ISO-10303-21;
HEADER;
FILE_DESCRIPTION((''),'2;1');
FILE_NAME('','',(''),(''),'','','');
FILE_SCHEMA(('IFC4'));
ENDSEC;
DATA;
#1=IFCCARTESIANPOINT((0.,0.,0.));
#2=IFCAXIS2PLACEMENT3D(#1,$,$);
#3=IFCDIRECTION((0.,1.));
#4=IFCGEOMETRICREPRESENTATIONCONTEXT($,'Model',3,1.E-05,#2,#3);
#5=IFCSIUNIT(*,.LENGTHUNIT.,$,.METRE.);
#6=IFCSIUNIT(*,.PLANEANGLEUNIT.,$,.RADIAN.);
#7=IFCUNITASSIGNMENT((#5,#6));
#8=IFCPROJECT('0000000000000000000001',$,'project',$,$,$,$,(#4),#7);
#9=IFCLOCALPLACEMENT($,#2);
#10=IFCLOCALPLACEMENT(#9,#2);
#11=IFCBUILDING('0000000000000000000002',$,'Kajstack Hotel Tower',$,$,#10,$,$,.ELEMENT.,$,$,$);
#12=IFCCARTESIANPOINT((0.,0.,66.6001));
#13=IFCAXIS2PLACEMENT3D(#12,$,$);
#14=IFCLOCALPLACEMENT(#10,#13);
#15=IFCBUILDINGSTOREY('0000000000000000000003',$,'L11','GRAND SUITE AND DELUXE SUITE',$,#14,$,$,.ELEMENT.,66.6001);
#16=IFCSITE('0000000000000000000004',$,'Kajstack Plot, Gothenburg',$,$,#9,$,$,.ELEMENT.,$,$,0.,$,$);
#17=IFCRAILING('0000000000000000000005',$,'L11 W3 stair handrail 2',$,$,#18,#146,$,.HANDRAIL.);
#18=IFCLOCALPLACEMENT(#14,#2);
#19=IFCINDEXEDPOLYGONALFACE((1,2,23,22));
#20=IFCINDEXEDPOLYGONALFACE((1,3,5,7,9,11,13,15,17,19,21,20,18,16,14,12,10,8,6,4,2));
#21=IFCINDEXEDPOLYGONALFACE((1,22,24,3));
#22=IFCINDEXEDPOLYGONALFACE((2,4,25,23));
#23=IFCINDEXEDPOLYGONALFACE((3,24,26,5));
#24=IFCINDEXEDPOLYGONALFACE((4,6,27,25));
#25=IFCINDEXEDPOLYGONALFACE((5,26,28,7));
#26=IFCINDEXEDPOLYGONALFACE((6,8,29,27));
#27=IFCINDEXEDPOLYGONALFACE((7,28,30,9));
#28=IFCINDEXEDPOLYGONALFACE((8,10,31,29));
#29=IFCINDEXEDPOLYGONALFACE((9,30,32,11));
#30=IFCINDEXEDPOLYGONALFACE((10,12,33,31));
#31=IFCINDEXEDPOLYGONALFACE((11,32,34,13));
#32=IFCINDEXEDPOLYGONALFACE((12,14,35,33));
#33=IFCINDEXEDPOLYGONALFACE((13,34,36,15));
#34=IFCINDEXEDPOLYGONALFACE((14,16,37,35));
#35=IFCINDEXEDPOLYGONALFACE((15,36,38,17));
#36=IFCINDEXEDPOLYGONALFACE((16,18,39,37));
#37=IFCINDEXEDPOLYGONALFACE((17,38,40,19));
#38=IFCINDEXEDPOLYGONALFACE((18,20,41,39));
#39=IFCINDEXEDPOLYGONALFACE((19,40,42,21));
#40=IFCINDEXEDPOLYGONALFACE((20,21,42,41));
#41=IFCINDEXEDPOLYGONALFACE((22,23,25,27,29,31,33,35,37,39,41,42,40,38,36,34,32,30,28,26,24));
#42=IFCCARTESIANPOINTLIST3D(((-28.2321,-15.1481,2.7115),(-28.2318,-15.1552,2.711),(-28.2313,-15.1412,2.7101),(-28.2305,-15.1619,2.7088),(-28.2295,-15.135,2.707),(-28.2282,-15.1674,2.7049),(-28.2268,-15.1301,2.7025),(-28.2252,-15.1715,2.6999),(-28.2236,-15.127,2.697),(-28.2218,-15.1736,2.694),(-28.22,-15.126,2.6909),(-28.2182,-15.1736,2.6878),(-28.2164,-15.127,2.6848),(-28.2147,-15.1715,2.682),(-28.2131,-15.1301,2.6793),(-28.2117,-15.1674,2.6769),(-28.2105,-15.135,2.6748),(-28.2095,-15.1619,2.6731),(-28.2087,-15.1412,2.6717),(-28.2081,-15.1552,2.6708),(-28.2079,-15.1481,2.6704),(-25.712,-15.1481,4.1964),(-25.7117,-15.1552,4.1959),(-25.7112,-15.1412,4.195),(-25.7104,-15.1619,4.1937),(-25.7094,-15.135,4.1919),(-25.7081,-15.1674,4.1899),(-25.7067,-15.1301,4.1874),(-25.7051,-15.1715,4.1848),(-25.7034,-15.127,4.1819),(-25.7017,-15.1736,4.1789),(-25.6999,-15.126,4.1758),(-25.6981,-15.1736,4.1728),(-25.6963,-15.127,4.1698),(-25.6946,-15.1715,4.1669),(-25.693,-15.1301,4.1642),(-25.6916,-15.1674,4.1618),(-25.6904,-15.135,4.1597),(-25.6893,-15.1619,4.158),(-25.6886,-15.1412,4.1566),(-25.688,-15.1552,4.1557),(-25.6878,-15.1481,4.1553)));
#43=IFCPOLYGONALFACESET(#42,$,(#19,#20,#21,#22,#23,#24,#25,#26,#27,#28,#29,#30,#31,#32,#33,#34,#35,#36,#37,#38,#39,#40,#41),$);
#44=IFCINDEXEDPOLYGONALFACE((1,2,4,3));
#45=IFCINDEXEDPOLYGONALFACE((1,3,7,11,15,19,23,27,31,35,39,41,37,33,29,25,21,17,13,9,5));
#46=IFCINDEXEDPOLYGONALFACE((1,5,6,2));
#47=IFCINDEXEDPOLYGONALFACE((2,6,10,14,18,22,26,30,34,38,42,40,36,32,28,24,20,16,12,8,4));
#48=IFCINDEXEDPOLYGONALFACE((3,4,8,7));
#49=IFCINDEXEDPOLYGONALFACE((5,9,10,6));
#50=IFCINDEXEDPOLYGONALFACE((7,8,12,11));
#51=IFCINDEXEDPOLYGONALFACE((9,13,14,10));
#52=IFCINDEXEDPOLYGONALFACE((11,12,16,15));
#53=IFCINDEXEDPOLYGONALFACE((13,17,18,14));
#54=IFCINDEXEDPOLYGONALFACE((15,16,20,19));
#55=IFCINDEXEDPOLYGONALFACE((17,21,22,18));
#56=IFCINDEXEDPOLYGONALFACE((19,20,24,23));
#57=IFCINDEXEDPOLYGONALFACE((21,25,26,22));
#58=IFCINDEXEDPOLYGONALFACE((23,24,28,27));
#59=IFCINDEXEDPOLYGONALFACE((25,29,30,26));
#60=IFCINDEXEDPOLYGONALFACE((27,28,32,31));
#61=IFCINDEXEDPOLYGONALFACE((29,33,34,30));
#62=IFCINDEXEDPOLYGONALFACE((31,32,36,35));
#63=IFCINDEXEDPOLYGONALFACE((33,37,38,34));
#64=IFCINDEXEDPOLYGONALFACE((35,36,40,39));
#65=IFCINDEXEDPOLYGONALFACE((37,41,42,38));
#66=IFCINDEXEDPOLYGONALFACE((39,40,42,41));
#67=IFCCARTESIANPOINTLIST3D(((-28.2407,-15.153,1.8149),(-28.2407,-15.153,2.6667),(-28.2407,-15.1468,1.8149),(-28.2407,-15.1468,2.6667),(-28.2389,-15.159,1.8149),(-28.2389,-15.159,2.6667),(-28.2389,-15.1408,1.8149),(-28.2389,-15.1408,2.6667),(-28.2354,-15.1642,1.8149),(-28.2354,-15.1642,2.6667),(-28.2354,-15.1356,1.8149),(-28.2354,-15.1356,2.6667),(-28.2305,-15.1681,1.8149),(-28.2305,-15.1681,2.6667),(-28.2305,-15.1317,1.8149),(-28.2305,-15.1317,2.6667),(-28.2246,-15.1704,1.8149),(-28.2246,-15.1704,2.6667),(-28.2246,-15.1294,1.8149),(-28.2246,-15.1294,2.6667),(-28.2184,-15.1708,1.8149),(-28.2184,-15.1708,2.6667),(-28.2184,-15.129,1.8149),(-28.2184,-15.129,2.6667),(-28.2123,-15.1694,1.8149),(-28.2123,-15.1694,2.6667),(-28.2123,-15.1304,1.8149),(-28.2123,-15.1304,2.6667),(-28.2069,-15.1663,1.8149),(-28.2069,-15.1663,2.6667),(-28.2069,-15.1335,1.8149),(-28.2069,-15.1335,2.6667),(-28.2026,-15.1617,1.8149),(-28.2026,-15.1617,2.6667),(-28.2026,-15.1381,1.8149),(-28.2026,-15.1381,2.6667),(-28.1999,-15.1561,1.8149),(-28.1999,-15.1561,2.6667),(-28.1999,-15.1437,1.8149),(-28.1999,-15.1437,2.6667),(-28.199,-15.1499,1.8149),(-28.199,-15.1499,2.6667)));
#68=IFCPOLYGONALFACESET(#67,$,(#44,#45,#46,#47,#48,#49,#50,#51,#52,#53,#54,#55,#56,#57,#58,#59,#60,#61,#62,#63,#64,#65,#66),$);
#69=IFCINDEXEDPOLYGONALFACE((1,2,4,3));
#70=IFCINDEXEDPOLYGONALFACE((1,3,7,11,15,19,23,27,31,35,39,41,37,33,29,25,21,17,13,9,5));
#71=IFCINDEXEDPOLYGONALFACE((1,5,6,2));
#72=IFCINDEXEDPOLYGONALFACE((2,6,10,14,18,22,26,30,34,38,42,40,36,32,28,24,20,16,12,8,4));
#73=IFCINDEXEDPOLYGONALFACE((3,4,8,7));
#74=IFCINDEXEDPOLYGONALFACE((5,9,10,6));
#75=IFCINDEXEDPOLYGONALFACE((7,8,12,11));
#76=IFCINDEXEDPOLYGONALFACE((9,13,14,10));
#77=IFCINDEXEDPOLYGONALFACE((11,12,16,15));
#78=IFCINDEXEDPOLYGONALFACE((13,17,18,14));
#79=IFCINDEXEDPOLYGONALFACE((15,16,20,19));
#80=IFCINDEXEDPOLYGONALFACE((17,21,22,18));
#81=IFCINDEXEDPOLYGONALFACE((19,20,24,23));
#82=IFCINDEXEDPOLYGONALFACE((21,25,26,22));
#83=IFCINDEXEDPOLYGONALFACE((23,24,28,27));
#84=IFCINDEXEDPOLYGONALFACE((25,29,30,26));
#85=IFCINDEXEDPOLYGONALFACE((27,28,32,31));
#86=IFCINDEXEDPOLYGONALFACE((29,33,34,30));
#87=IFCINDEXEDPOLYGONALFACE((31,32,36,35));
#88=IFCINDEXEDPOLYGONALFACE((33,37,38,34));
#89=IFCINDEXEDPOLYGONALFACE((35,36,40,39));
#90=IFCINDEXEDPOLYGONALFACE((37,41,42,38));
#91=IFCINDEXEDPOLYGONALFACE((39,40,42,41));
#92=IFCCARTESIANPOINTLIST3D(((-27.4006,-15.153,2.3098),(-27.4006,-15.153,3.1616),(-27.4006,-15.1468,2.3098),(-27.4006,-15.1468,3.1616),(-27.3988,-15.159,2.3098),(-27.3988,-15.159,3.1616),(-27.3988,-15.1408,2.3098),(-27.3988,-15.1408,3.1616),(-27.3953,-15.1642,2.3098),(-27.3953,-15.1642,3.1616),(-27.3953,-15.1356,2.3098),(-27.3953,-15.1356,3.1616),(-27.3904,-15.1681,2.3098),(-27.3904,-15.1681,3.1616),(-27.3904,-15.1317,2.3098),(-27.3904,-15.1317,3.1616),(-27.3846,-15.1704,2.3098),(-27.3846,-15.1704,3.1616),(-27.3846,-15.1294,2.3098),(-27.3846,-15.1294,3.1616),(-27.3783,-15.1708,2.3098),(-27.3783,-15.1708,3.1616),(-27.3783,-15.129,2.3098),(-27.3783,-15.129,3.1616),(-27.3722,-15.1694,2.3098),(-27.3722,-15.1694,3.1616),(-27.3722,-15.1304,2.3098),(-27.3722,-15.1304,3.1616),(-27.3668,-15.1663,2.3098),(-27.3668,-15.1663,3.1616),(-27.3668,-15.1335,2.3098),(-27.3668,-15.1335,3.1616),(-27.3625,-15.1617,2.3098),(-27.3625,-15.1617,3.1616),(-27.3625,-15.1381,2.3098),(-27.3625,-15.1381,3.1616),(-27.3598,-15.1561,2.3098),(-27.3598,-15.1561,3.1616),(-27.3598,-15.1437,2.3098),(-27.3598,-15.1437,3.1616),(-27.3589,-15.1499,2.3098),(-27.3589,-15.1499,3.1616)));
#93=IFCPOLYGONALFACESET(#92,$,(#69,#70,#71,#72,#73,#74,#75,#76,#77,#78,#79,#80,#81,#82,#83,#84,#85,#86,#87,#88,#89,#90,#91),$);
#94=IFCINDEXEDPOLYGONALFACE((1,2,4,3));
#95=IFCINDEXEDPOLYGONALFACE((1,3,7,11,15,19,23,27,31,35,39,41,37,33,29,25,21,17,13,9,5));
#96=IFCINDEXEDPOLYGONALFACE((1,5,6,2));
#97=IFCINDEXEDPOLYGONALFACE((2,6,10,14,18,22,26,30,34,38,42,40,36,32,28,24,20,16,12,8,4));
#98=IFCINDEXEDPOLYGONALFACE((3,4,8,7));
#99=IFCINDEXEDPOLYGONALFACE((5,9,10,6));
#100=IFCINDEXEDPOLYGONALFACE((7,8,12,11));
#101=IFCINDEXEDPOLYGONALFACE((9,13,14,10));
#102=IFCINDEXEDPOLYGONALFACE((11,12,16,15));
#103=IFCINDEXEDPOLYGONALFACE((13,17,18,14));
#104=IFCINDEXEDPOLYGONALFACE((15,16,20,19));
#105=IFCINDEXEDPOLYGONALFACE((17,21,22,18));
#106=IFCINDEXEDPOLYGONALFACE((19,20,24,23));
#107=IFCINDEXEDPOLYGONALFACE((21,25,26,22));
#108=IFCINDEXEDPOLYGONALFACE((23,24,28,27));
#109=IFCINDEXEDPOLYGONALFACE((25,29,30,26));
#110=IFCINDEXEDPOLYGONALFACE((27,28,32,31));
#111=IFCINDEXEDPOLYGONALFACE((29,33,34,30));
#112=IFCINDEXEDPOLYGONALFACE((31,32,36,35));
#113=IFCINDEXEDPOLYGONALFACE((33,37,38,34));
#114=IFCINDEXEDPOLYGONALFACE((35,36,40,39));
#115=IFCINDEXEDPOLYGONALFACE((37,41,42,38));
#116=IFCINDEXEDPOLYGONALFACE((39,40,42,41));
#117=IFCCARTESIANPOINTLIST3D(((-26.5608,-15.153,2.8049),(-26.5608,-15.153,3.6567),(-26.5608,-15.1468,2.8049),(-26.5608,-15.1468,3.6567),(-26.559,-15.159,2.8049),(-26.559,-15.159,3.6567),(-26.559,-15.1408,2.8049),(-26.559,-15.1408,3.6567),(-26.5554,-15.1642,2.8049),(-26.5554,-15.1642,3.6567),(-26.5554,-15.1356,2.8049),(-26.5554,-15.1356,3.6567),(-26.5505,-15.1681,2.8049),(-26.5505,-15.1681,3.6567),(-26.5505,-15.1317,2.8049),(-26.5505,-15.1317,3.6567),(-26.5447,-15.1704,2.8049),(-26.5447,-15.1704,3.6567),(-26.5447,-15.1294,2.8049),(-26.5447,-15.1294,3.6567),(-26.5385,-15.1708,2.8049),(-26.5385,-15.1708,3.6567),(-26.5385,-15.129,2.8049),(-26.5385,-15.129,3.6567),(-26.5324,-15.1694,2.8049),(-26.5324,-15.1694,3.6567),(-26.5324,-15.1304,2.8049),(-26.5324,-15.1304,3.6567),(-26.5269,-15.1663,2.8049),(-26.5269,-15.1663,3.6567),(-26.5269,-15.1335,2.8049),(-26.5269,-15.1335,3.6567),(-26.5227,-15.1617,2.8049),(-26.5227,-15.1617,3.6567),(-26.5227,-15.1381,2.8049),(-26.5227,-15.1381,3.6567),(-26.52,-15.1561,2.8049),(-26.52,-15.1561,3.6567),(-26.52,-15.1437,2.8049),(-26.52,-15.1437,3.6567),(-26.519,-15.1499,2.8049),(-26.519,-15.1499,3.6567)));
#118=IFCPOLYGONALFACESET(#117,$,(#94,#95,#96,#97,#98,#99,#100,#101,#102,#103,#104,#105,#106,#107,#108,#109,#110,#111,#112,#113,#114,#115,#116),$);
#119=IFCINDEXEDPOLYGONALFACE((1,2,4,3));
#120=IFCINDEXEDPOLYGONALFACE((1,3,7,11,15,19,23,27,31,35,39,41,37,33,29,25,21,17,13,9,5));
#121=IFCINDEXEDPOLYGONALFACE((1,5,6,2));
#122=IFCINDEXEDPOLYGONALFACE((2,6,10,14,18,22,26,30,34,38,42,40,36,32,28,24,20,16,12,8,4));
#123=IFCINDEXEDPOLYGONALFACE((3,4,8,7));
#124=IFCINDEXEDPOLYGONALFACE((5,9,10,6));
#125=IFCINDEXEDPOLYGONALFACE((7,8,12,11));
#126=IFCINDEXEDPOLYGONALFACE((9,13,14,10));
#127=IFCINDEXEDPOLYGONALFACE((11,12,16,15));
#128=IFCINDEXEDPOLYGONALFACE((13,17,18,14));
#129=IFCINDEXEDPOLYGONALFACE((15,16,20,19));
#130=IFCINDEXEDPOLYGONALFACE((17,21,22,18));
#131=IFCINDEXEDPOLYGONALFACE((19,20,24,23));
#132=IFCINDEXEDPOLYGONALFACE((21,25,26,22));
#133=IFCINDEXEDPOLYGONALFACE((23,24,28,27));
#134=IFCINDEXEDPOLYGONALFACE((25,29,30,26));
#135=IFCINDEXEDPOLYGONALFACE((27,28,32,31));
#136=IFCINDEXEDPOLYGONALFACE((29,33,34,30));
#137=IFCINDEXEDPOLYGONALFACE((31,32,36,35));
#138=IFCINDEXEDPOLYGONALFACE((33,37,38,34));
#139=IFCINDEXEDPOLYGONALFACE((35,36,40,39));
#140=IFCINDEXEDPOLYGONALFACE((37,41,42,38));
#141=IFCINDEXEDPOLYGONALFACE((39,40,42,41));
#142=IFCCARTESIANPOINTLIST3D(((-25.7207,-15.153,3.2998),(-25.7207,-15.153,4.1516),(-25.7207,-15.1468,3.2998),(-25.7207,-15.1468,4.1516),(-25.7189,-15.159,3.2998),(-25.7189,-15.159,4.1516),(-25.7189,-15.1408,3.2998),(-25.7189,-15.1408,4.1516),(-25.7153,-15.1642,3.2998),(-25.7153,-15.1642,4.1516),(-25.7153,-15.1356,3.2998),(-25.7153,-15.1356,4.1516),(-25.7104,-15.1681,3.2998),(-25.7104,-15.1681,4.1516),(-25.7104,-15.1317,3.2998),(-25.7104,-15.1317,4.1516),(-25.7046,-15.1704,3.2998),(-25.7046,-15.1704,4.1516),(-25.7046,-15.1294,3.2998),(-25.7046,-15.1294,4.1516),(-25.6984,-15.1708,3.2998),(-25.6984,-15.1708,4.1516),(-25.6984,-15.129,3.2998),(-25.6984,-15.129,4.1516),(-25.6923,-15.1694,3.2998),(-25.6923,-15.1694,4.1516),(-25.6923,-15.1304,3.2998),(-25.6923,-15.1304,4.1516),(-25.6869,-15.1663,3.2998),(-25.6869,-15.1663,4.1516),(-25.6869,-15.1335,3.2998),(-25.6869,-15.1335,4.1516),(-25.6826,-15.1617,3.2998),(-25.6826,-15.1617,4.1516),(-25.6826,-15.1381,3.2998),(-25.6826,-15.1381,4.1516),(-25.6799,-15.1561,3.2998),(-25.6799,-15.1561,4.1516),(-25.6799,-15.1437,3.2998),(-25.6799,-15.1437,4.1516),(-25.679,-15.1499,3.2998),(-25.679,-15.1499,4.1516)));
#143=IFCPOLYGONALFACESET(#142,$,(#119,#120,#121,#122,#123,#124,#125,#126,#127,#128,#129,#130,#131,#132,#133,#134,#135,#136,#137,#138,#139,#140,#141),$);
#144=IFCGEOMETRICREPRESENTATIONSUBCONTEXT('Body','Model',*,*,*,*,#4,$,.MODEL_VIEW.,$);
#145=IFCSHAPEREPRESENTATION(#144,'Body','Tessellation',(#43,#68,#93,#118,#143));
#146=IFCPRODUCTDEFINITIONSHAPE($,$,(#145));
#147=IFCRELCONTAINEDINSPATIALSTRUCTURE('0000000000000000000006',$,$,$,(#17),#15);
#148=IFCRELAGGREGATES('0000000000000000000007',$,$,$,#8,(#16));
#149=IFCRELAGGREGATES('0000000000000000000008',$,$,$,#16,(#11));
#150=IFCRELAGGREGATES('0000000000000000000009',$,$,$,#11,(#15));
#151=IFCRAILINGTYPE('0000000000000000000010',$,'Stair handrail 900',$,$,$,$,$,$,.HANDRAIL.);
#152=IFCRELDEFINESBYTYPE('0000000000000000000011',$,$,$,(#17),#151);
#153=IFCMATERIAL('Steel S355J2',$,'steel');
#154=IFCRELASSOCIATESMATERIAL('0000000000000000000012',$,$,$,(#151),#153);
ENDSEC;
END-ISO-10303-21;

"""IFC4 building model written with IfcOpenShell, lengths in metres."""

from ifc_helpers import new_model, si_unit, direction, frame, origin, origin_2d, place, context, subcontext, project, spatial, circle, extrude, material, type_object, element, save


model = new_model("IFC4")

# Units and contexts
model_context = context("Model", 3, precision=1e-05, world=origin(), true_north=direction((0.0, 1.0)))
body_context = subcontext(model_context, "Body", "Model", "MODEL_VIEW")
ifc_project = project(units=[si_unit("LENGTHUNIT", "METRE"), si_unit("PLANEANGLEUNIT", "RADIAN")], contexts=[model_context])

# Site, building, storey
site_placement = place(None, origin())
site = spatial("IfcSite", under=ifc_project, at=site_placement, Name="Kajstack Plot, Gothenburg", CompositionType="ELEMENT", RefElevation=0.0)
building_placement = place(site_placement, origin())
building = spatial("IfcBuilding", under=site, at=building_placement, Name="Kajstack Hotel Tower", CompositionType="ELEMENT")
storey_placement = place(building_placement, frame((0.0, 0.0, 66.6001)))
storey = spatial("IfcBuildingStorey", under=building, at=storey_placement, Name="L11", Description="GRAND SUITE AND DELUXE SUITE", CompositionType="ELEMENT", Elevation=66.6001)

# Railing
ifc_material_1 = material(Name="Steel S355J2", Category="steel")
railing_type = type_object("IfcRailingType", Name="Stair handrail 900", PredefinedType="HANDRAIL", material=ifc_material_1)
railing_1_placement = place(storey_placement, frame((-28.22, -15.1499, 1.8149)))
element("IfcRailing", 1, at=railing_1_placement, inside=storey, type_object=railing_type, Name="L11 W3 stair handrail 2", PredefinedType="HANDRAIL", context=body_context, shape_type="SweptSolid", body=[
    extrude(circle(Radius=0.0239, at=origin_2d()), frame((0.0, 0.0, 0.876), z_axis=(0.861561, 0.0, 0.507655), x_axis=(0.0, 1.0, 0.0)), (0.0, 0.0, 1.0), 2.925),
    extrude(circle(Radius=0.021, at=origin_2d()), origin(), (0.0, 0.0, 1.0), 0.8518),
    extrude(circle(Radius=0.021, at=origin_2d()), frame((0.8401, 0.0, 0.4949)), (0.0, 0.0, 1.0), 0.8518),
    extrude(circle(Radius=0.021, at=origin_2d()), frame((1.6799, 0.0, 0.99)), (0.0, 0.0, 1.0), 0.8518),
    extrude(circle(Radius=0.021, at=origin_2d()), frame((2.52, 0.0, 1.4849)), (0.0, 0.0, 1.0), 0.8518),
])

save(model, "model.ifc")
